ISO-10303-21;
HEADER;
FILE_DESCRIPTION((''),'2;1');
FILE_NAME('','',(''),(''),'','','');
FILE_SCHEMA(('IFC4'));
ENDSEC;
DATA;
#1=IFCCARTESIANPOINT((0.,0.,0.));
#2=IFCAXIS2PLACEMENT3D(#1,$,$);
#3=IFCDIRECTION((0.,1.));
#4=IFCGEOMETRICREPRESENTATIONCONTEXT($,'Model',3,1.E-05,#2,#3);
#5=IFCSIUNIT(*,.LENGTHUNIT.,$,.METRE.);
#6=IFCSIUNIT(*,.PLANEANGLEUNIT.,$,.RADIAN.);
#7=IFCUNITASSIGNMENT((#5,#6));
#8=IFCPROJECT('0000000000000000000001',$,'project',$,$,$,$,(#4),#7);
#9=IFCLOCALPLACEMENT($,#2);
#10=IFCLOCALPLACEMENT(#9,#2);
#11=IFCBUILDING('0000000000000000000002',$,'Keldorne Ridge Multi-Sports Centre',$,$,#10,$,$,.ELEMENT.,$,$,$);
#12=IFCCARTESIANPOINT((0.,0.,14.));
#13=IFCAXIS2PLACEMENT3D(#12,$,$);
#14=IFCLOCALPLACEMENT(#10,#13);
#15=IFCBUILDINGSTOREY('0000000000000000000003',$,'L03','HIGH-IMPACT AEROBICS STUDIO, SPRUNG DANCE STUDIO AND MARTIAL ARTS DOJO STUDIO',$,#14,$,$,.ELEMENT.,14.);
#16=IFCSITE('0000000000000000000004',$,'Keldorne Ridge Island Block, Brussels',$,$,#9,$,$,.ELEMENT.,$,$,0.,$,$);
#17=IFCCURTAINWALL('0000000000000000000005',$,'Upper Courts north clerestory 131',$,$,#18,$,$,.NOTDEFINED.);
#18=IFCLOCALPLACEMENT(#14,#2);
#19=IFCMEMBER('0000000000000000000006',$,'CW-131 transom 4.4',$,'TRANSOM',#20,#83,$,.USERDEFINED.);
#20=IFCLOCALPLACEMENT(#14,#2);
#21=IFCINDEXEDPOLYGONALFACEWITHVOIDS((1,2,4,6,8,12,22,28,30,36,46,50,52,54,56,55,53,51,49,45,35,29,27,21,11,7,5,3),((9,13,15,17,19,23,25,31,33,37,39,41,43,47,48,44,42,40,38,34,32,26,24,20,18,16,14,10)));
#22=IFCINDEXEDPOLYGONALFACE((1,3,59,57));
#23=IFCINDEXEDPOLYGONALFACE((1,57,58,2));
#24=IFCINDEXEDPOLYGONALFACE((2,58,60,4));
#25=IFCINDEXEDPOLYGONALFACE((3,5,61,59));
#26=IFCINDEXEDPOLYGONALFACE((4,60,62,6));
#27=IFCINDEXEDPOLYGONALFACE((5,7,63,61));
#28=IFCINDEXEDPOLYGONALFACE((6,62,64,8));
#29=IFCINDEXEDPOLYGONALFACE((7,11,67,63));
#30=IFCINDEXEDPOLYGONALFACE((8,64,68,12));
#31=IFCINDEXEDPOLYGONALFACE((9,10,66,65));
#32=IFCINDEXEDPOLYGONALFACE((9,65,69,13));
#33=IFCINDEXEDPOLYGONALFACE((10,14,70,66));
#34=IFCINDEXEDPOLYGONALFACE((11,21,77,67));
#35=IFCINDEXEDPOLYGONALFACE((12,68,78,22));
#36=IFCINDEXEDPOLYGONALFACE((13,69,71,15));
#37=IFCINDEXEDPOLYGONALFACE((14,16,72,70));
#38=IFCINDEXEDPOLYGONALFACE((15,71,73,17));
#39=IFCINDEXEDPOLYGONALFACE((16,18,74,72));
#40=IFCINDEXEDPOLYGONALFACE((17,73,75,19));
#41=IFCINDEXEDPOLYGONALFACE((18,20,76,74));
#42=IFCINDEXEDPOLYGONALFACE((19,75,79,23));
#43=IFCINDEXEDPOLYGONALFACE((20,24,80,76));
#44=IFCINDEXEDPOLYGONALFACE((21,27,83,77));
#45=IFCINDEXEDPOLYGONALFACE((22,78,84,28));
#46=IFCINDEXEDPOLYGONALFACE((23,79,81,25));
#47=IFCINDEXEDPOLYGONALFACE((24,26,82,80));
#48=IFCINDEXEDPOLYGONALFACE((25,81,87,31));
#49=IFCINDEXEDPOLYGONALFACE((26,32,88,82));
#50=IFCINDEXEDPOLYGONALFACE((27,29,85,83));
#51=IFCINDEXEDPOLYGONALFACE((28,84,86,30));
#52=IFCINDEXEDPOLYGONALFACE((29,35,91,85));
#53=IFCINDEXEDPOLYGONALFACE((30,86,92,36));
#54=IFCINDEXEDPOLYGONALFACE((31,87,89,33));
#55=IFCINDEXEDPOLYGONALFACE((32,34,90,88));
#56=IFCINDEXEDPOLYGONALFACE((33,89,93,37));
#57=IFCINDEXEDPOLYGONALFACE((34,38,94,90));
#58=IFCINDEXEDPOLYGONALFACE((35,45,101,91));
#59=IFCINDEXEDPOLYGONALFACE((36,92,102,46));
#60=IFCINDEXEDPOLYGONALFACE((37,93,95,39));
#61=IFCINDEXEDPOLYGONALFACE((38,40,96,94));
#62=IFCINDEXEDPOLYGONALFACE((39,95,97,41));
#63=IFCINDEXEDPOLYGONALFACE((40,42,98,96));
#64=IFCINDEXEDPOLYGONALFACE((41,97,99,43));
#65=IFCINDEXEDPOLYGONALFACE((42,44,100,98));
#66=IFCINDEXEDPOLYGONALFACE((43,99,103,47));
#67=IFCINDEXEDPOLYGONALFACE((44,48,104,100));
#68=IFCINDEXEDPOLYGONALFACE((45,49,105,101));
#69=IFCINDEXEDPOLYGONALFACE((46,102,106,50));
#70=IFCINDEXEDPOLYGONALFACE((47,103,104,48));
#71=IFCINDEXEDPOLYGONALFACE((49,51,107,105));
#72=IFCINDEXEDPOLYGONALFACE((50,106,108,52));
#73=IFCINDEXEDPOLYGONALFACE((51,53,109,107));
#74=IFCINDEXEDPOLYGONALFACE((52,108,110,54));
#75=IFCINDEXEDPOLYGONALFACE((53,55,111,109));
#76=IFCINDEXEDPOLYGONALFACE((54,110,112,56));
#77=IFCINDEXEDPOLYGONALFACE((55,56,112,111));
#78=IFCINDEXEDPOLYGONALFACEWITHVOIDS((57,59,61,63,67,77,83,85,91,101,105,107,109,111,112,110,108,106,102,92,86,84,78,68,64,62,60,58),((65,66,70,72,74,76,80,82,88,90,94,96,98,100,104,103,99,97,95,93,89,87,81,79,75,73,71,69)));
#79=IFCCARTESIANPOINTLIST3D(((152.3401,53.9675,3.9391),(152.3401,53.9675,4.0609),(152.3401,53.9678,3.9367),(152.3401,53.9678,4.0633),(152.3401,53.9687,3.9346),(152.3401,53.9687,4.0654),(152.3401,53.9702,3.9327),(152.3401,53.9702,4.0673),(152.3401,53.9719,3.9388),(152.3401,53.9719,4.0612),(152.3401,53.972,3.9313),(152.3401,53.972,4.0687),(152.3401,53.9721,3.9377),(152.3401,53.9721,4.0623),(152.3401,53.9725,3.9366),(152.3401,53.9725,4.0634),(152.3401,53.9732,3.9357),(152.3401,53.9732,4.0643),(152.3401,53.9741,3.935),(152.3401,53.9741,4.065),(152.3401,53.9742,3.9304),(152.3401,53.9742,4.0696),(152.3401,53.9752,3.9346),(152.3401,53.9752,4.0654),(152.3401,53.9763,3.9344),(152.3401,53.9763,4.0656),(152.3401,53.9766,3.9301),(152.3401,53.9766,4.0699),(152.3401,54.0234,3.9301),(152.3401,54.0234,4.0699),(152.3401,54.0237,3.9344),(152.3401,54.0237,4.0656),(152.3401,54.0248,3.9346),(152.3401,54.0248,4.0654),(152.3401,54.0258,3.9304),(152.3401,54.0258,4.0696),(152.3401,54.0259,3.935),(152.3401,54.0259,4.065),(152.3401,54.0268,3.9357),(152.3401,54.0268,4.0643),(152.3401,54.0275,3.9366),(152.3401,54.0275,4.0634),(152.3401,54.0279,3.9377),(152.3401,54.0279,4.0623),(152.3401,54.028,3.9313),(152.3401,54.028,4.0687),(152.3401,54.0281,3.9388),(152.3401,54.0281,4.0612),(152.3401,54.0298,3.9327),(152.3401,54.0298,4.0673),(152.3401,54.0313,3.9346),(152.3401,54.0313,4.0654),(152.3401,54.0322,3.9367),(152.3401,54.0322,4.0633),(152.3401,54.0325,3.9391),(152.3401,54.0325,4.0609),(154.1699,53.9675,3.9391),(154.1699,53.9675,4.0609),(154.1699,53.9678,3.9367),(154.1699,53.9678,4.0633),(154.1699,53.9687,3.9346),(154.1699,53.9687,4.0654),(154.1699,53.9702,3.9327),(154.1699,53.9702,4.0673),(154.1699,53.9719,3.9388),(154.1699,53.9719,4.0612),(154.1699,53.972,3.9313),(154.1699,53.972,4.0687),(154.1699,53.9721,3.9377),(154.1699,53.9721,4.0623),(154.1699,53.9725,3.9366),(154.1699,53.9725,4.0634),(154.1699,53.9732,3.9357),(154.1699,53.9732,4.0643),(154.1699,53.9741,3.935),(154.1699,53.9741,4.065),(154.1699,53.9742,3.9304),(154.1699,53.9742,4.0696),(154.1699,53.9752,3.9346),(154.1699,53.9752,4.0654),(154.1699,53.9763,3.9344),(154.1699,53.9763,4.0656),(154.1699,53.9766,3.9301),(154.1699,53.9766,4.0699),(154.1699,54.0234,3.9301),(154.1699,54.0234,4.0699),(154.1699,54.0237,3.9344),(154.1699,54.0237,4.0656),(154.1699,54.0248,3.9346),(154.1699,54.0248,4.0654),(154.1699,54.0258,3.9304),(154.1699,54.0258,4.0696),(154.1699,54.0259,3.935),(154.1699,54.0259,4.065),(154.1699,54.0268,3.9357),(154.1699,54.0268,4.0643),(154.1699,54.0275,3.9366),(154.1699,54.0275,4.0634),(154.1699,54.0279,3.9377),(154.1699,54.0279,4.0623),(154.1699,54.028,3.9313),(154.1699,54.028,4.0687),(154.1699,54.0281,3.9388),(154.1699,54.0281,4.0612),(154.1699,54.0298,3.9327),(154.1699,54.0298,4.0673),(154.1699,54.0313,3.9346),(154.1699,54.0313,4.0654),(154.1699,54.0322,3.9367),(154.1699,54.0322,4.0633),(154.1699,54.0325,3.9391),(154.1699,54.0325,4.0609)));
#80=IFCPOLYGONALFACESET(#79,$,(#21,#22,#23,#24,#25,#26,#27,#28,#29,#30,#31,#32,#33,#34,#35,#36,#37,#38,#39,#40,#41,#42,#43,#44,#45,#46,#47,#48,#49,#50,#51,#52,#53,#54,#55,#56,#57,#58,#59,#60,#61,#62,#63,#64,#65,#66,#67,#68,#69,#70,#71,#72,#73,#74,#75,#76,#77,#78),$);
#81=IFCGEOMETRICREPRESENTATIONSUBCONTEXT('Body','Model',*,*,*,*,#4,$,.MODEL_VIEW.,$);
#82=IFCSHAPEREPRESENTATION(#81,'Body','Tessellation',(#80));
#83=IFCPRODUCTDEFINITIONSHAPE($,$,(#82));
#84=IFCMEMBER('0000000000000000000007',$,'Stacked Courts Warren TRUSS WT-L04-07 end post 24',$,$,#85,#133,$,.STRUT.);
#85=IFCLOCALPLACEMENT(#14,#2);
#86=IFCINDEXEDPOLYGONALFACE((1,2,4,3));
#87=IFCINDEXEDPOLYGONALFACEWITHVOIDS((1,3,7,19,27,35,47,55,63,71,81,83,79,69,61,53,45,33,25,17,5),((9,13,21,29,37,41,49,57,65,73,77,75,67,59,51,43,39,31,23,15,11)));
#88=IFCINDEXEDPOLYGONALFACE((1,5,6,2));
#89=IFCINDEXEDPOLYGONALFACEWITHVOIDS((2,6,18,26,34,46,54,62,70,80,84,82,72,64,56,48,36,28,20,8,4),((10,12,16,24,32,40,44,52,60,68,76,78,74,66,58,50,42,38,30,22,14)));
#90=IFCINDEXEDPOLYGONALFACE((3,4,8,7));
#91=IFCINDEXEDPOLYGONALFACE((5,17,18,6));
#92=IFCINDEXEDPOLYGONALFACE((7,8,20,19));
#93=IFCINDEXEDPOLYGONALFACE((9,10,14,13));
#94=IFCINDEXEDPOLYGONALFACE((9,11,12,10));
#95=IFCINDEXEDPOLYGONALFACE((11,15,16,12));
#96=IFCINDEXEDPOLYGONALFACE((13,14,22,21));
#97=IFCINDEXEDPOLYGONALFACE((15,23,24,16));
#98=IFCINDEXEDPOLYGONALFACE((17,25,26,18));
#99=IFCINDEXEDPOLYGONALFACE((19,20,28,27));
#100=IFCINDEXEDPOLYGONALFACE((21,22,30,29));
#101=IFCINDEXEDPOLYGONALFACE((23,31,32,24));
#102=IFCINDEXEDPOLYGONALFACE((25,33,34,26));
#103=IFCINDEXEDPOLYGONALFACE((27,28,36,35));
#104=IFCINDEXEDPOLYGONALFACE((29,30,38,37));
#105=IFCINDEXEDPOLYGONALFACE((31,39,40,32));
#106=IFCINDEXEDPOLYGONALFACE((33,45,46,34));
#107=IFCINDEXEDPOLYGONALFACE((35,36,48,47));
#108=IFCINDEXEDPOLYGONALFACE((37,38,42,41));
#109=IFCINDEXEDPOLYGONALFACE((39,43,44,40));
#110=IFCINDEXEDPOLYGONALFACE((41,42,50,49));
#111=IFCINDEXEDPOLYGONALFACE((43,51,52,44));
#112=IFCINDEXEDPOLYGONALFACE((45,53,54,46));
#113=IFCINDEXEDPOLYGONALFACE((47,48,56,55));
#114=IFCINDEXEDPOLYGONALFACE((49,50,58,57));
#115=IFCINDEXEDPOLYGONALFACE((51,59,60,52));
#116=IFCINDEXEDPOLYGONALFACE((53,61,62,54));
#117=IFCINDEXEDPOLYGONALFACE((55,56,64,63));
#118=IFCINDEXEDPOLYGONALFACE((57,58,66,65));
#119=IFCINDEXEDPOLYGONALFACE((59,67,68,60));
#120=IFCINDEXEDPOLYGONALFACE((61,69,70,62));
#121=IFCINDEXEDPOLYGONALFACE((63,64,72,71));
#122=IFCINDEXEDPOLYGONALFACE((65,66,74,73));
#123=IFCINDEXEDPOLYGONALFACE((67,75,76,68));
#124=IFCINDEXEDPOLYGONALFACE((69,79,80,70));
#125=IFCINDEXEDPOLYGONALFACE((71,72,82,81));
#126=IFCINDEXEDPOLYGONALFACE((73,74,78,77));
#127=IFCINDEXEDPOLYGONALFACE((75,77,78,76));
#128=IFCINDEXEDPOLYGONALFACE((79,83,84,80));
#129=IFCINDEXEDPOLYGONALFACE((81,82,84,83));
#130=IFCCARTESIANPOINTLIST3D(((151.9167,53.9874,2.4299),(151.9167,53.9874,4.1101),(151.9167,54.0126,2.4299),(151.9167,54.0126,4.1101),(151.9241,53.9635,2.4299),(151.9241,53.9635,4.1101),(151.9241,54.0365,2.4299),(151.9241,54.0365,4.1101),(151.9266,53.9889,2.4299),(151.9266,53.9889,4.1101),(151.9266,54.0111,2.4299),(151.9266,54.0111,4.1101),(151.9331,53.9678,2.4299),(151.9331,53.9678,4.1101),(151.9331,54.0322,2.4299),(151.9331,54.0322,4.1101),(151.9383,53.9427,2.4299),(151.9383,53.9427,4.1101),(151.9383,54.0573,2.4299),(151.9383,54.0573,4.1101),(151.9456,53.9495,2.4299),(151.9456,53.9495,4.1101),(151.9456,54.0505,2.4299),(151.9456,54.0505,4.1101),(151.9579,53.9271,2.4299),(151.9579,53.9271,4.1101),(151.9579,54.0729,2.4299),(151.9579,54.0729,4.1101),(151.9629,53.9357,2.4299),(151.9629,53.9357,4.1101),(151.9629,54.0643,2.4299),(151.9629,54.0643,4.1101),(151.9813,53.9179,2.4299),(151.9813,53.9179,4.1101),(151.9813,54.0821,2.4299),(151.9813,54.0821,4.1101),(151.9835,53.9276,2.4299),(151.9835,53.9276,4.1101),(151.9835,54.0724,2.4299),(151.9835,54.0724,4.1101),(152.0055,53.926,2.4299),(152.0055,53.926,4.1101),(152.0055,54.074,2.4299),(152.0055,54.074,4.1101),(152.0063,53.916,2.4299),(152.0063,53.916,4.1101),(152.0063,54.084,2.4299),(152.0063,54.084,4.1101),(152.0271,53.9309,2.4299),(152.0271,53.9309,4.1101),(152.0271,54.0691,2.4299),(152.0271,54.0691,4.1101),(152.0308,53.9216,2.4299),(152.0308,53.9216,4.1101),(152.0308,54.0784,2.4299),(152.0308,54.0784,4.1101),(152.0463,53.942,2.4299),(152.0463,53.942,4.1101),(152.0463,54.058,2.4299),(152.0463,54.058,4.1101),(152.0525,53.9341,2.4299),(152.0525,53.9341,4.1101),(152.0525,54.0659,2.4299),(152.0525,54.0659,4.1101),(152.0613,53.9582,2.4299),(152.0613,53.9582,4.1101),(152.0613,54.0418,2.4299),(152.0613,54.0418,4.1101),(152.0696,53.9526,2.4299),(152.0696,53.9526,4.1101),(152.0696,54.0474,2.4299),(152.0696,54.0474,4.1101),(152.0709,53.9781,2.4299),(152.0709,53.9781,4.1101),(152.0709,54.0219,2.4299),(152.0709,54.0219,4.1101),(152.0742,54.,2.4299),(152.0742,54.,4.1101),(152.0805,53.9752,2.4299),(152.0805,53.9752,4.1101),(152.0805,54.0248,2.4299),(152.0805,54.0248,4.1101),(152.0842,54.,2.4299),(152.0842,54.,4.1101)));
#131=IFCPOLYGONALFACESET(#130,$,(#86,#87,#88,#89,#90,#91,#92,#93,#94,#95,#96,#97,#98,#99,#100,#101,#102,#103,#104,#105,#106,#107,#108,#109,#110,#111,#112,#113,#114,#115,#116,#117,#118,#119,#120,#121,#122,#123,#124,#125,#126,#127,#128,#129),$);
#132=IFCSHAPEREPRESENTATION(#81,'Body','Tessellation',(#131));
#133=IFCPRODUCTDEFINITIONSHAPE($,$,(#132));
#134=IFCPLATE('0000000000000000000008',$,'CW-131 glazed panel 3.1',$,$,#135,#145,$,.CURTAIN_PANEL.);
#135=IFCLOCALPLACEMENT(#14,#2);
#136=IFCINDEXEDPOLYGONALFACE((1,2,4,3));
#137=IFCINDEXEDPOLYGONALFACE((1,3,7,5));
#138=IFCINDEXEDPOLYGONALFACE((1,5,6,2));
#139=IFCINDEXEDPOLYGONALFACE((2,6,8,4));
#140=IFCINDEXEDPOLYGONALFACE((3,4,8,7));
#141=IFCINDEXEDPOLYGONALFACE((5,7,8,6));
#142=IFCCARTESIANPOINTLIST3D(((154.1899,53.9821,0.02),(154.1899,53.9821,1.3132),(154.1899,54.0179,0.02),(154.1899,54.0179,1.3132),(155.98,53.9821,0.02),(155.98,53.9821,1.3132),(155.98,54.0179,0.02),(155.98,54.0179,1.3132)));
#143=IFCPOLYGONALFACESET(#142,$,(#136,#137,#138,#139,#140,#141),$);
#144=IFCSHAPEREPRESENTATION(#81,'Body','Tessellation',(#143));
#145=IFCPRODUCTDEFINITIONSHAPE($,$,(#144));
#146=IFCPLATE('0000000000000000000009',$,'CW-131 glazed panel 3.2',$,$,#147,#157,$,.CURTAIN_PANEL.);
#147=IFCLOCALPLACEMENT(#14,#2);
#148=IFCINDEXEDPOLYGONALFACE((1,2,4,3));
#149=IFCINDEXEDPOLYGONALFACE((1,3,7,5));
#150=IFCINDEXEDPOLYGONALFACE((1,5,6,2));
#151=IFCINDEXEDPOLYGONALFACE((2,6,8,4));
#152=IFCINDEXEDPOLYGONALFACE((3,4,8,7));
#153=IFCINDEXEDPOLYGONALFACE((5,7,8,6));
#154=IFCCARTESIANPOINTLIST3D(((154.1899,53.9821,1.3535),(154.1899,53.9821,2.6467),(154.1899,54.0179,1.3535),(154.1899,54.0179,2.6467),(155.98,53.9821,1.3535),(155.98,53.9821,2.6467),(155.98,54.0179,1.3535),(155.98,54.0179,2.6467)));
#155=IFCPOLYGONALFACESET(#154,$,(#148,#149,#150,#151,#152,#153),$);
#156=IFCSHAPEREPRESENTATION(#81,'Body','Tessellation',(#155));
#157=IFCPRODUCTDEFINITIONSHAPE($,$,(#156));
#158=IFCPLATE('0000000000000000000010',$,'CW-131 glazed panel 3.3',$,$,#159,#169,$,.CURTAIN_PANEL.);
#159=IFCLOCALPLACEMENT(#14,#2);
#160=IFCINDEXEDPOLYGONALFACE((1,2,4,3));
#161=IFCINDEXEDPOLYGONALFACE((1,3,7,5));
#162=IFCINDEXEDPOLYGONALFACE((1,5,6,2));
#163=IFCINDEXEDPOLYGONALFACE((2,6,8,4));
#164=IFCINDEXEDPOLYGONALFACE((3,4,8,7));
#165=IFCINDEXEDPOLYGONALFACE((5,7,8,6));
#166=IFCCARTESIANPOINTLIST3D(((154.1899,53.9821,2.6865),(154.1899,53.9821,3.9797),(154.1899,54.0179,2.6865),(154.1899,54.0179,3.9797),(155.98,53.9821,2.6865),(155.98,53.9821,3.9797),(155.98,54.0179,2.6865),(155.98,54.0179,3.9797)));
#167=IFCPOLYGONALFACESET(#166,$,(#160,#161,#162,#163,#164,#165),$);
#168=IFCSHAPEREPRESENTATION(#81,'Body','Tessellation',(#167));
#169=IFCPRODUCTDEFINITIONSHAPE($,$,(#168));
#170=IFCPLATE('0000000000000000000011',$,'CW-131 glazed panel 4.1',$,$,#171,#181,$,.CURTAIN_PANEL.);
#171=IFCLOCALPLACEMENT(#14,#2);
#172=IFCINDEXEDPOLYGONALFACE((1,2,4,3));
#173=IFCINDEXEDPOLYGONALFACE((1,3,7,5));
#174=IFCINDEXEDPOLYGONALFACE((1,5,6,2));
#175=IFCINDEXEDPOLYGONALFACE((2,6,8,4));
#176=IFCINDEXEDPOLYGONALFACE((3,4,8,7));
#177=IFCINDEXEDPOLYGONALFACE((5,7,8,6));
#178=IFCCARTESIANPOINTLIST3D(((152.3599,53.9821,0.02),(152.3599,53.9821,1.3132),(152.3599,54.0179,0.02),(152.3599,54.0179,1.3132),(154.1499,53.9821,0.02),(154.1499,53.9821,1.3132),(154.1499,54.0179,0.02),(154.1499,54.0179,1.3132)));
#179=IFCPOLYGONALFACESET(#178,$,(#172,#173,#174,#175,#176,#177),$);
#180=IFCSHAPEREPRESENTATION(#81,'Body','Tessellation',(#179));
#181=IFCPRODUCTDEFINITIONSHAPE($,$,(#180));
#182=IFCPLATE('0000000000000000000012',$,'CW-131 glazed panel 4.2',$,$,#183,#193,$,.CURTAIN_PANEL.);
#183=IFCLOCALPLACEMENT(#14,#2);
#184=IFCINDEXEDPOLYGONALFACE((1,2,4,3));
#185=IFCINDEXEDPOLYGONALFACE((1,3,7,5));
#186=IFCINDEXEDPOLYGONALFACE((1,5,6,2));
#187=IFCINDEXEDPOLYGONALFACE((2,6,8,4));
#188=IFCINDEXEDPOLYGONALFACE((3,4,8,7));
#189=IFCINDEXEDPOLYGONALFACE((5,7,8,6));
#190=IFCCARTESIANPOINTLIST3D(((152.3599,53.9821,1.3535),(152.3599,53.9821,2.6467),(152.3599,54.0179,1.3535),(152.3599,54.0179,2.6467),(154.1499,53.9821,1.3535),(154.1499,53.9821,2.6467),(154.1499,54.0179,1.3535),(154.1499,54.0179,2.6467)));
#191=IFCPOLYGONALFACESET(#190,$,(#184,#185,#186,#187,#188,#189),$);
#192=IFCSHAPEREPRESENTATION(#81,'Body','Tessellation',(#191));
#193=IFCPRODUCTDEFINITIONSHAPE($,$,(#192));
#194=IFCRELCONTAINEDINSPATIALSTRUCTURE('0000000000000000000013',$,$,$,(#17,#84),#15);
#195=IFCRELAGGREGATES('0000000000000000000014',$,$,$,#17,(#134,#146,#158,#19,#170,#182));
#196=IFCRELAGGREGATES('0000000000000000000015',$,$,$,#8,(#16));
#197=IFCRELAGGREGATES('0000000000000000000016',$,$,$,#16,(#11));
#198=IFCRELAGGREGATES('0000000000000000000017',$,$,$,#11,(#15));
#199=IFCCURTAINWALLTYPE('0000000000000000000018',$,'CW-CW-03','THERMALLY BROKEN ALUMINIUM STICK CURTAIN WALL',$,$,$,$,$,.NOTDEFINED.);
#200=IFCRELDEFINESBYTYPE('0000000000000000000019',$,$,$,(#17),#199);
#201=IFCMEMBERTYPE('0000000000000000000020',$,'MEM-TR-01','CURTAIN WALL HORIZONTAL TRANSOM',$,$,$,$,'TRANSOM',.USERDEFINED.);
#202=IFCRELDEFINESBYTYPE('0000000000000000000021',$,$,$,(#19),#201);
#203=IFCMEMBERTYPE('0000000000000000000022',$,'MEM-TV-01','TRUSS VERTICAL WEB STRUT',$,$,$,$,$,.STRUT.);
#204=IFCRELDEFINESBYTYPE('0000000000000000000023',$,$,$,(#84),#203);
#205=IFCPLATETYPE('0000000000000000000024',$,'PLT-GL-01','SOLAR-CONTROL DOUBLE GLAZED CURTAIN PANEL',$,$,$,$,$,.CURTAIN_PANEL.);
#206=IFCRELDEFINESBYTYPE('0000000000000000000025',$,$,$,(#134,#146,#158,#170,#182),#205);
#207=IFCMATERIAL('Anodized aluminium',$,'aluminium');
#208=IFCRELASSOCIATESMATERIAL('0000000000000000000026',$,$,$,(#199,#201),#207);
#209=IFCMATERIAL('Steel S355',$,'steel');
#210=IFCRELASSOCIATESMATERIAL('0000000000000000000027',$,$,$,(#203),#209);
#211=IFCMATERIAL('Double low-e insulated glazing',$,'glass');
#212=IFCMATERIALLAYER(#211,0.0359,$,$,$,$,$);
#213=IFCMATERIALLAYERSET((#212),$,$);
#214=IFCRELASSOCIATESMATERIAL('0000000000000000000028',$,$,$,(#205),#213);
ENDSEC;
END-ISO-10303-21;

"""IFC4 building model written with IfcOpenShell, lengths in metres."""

from ifc_helpers import new_model, si_unit, direction, frame, origin, origin_2d, place, context, subcontext, project, spatial, rectangle, hollow_rectangle, hollow_circle, extrude, material, layer, layer_set, material_profile, profile_set, type_object, element, aggregate, save


model = new_model("IFC4")

# Units and contexts
model_context = context("Model", 3, precision=1e-05, world=origin(), true_north=direction((0.0, 1.0)))
body_context = subcontext(model_context, "Body", "Model", "MODEL_VIEW")
ifc_project = project(units=[si_unit("LENGTHUNIT", "METRE"), si_unit("PLANEANGLEUNIT", "RADIAN")], contexts=[model_context])

# Site, building, storey
site_placement = place(None, origin())
site = spatial("IfcSite", under=ifc_project, at=site_placement, Name="Keldorne Ridge Island Block, Brussels", CompositionType="ELEMENT", RefElevation=0.0)
building_placement = place(site_placement, origin())
building = spatial("IfcBuilding", under=site, at=building_placement, Name="Keldorne Ridge Multi-Sports Centre", CompositionType="ELEMENT")
storey_placement = place(building_placement, frame((0.0, 0.0, 14.0)))
storey = spatial("IfcBuildingStorey", under=building, at=storey_placement, Name="L03", Description="HIGH-IMPACT AEROBICS STUDIO, SPRUNG DANCE STUDIO AND MARTIAL ARTS DOJO STUDIO", CompositionType="ELEMENT", Elevation=14.0)

# Shared definitions
ifc_material_1 = material(Name="Steel S355", Category="steel")

# Curtain wall
ifc_material_2 = material(Name="Anodized aluminium", Category="aluminium")
curtain_wall_type_1 = type_object("IfcCurtainWallType", Name="CW-CW-03", Description="THERMALLY BROKEN ALUMINIUM STICK CURTAIN WALL", PredefinedType="NOTDEFINED", material=ifc_material_2)
curtain_wall_1_placement = place(storey_placement, origin())
curtain_wall_1 = element("IfcCurtainWall", 1, at=curtain_wall_1_placement, inside=storey, type_object=curtain_wall_type_1, Name="Upper Courts north clerestory 131", PredefinedType="NOTDEFINED")

# Members
ifc_material_profile_1 = material_profile(ifc_material_2, hollow_rectangle(XDim=0.0649, YDim=0.1399, WallThickness=0.0044, InnerFilletRadius=0.0044, OuterFilletRadius=0.009, at=origin_2d()), Name="ALU TRANSOM 140x65x4.5")
ifc_profile_set_1 = profile_set([ifc_material_profile_1], Name="Anodized aluminium")
member_type_1 = type_object("IfcMemberType", Name="MEM-TR-01", Description="CURTAIN WALL HORIZONTAL TRANSOM", ElementType="TRANSOM", PredefinedType="USERDEFINED", material=ifc_profile_set_1)
member_1_placement = place(storey_placement, frame((154.1699, 54.0, 4.0), z_axis=(-1.0, 0.0, 0.0), x_axis=(0.0, -1.0, 0.0)))
member_1 = element("IfcMember", 2, at=member_1_placement, type_object=member_type_1, Name="CW-131 transom 4.4", ObjectType="TRANSOM", PredefinedType="USERDEFINED", context=body_context, shape_type="SweptSolid", body=[
    extrude(hollow_rectangle(XDim=0.0649, YDim=0.1399, WallThickness=0.0044, InnerFilletRadius=0.0044, OuterFilletRadius=0.009, at=origin_2d()), origin(), (0.0, 0.0, 1.0), 1.8298),
])
ifc_material_profile_2 = material_profile(ifc_material_1, hollow_circle(Radius=0.0842, WallThickness=0.01, at=origin_2d()), Name="CHS 168.3x10")
ifc_profile_set_2 = profile_set([ifc_material_profile_2], Name="Steel S355")
member_type_2 = type_object("IfcMemberType", Name="MEM-TV-01", Description="TRUSS VERTICAL WEB STRUT", PredefinedType="STRUT", material=ifc_profile_set_2)
member_2_placement = place(storey_placement, frame((152.0, 54.0, 2.4299), z_axis=(0.0, 0.0, 1.0), x_axis=(1.0, 0.0, 0.0)))
element("IfcMember", 3, at=member_2_placement, inside=storey, type_object=member_type_2, Name="Stacked Courts Warren TRUSS WT-L04-07 end post 24", PredefinedType="STRUT", context=body_context, shape_type="SweptSolid", body=[
    extrude(hollow_circle(Radius=0.0842, WallThickness=0.01, at=origin_2d()), origin(), (0.0, 0.0, 1.0), 1.6802),
])

# Plates
ifc_material_3 = material(Name="Double low-e insulated glazing", Category="glass")
ifc_layer = layer(ifc_material_3, 0.0359)
ifc_layer_set = layer_set([ifc_layer])
plate_type = type_object("IfcPlateType", Name="PLT-GL-01", Description="SOLAR-CONTROL DOUBLE GLAZED CURTAIN PANEL", PredefinedType="CURTAIN_PANEL", material=ifc_layer_set)
plate_1_placement = place(storey_placement, frame((155.085, 54.0, 0.02), z_axis=(0.0, 0.0, 1.0), x_axis=(-1.0, 0.0, 0.0)))
plate_1 = element("IfcPlate", 4, at=plate_1_placement, type_object=plate_type, Name="CW-131 glazed panel 3.1", PredefinedType="CURTAIN_PANEL", context=body_context, shape_type="SweptSolid", body=[
    extrude(rectangle(XDim=1.79, YDim=0.0359, at=origin_2d()), origin(), (0.0, 0.0, 1.0), 1.2932),
])
plate_2_placement = place(storey_placement, frame((155.085, 54.0, 1.3535), z_axis=(0.0, 0.0, 1.0), x_axis=(-1.0, 0.0, 0.0)))
plate_2 = element("IfcPlate", 5, at=plate_2_placement, type_object=plate_type, Name="CW-131 glazed panel 3.2", PredefinedType="CURTAIN_PANEL", context=body_context, shape_type="SweptSolid", body=[
    extrude(rectangle(XDim=1.79, YDim=0.0359, at=origin_2d()), origin(), (0.0, 0.0, 1.0), 1.2932),
])
plate_3_placement = place(storey_placement, frame((155.085, 54.0, 2.6865), z_axis=(0.0, 0.0, 1.0), x_axis=(-1.0, 0.0, 0.0)))
plate_3 = element("IfcPlate", 6, at=plate_3_placement, type_object=plate_type, Name="CW-131 glazed panel 3.3", PredefinedType="CURTAIN_PANEL", context=body_context, shape_type="SweptSolid", body=[
    extrude(rectangle(XDim=1.79, YDim=0.0359, at=origin_2d()), origin(), (0.0, 0.0, 1.0), 1.2932),
])
plate_4_placement = place(storey_placement, frame((153.2549, 54.0, 0.02), z_axis=(0.0, 0.0, 1.0), x_axis=(-1.0, 0.0, 0.0)))
plate_4 = element("IfcPlate", 7, at=plate_4_placement, type_object=plate_type, Name="CW-131 glazed panel 4.1", PredefinedType="CURTAIN_PANEL", context=body_context, shape_type="SweptSolid", body=[
    extrude(rectangle(XDim=1.79, YDim=0.0359, at=origin_2d()), origin(), (0.0, 0.0, 1.0), 1.2932),
])
plate_5_placement = place(storey_placement, frame((153.2549, 54.0, 1.3535), z_axis=(0.0, 0.0, 1.0), x_axis=(-1.0, 0.0, 0.0)))
plate_5 = element("IfcPlate", 8, at=plate_5_placement, type_object=plate_type, Name="CW-131 glazed panel 4.2", PredefinedType="CURTAIN_PANEL", context=body_context, shape_type="SweptSolid", body=[
    extrude(rectangle(XDim=1.79, YDim=0.0359, at=origin_2d()), origin(), (0.0, 0.0, 1.0), 1.2932),
])
aggregate(curtain_wall_1, [plate_1, plate_2, plate_3, member_1, plate_4, plate_5])

save(model, "model.ifc")
